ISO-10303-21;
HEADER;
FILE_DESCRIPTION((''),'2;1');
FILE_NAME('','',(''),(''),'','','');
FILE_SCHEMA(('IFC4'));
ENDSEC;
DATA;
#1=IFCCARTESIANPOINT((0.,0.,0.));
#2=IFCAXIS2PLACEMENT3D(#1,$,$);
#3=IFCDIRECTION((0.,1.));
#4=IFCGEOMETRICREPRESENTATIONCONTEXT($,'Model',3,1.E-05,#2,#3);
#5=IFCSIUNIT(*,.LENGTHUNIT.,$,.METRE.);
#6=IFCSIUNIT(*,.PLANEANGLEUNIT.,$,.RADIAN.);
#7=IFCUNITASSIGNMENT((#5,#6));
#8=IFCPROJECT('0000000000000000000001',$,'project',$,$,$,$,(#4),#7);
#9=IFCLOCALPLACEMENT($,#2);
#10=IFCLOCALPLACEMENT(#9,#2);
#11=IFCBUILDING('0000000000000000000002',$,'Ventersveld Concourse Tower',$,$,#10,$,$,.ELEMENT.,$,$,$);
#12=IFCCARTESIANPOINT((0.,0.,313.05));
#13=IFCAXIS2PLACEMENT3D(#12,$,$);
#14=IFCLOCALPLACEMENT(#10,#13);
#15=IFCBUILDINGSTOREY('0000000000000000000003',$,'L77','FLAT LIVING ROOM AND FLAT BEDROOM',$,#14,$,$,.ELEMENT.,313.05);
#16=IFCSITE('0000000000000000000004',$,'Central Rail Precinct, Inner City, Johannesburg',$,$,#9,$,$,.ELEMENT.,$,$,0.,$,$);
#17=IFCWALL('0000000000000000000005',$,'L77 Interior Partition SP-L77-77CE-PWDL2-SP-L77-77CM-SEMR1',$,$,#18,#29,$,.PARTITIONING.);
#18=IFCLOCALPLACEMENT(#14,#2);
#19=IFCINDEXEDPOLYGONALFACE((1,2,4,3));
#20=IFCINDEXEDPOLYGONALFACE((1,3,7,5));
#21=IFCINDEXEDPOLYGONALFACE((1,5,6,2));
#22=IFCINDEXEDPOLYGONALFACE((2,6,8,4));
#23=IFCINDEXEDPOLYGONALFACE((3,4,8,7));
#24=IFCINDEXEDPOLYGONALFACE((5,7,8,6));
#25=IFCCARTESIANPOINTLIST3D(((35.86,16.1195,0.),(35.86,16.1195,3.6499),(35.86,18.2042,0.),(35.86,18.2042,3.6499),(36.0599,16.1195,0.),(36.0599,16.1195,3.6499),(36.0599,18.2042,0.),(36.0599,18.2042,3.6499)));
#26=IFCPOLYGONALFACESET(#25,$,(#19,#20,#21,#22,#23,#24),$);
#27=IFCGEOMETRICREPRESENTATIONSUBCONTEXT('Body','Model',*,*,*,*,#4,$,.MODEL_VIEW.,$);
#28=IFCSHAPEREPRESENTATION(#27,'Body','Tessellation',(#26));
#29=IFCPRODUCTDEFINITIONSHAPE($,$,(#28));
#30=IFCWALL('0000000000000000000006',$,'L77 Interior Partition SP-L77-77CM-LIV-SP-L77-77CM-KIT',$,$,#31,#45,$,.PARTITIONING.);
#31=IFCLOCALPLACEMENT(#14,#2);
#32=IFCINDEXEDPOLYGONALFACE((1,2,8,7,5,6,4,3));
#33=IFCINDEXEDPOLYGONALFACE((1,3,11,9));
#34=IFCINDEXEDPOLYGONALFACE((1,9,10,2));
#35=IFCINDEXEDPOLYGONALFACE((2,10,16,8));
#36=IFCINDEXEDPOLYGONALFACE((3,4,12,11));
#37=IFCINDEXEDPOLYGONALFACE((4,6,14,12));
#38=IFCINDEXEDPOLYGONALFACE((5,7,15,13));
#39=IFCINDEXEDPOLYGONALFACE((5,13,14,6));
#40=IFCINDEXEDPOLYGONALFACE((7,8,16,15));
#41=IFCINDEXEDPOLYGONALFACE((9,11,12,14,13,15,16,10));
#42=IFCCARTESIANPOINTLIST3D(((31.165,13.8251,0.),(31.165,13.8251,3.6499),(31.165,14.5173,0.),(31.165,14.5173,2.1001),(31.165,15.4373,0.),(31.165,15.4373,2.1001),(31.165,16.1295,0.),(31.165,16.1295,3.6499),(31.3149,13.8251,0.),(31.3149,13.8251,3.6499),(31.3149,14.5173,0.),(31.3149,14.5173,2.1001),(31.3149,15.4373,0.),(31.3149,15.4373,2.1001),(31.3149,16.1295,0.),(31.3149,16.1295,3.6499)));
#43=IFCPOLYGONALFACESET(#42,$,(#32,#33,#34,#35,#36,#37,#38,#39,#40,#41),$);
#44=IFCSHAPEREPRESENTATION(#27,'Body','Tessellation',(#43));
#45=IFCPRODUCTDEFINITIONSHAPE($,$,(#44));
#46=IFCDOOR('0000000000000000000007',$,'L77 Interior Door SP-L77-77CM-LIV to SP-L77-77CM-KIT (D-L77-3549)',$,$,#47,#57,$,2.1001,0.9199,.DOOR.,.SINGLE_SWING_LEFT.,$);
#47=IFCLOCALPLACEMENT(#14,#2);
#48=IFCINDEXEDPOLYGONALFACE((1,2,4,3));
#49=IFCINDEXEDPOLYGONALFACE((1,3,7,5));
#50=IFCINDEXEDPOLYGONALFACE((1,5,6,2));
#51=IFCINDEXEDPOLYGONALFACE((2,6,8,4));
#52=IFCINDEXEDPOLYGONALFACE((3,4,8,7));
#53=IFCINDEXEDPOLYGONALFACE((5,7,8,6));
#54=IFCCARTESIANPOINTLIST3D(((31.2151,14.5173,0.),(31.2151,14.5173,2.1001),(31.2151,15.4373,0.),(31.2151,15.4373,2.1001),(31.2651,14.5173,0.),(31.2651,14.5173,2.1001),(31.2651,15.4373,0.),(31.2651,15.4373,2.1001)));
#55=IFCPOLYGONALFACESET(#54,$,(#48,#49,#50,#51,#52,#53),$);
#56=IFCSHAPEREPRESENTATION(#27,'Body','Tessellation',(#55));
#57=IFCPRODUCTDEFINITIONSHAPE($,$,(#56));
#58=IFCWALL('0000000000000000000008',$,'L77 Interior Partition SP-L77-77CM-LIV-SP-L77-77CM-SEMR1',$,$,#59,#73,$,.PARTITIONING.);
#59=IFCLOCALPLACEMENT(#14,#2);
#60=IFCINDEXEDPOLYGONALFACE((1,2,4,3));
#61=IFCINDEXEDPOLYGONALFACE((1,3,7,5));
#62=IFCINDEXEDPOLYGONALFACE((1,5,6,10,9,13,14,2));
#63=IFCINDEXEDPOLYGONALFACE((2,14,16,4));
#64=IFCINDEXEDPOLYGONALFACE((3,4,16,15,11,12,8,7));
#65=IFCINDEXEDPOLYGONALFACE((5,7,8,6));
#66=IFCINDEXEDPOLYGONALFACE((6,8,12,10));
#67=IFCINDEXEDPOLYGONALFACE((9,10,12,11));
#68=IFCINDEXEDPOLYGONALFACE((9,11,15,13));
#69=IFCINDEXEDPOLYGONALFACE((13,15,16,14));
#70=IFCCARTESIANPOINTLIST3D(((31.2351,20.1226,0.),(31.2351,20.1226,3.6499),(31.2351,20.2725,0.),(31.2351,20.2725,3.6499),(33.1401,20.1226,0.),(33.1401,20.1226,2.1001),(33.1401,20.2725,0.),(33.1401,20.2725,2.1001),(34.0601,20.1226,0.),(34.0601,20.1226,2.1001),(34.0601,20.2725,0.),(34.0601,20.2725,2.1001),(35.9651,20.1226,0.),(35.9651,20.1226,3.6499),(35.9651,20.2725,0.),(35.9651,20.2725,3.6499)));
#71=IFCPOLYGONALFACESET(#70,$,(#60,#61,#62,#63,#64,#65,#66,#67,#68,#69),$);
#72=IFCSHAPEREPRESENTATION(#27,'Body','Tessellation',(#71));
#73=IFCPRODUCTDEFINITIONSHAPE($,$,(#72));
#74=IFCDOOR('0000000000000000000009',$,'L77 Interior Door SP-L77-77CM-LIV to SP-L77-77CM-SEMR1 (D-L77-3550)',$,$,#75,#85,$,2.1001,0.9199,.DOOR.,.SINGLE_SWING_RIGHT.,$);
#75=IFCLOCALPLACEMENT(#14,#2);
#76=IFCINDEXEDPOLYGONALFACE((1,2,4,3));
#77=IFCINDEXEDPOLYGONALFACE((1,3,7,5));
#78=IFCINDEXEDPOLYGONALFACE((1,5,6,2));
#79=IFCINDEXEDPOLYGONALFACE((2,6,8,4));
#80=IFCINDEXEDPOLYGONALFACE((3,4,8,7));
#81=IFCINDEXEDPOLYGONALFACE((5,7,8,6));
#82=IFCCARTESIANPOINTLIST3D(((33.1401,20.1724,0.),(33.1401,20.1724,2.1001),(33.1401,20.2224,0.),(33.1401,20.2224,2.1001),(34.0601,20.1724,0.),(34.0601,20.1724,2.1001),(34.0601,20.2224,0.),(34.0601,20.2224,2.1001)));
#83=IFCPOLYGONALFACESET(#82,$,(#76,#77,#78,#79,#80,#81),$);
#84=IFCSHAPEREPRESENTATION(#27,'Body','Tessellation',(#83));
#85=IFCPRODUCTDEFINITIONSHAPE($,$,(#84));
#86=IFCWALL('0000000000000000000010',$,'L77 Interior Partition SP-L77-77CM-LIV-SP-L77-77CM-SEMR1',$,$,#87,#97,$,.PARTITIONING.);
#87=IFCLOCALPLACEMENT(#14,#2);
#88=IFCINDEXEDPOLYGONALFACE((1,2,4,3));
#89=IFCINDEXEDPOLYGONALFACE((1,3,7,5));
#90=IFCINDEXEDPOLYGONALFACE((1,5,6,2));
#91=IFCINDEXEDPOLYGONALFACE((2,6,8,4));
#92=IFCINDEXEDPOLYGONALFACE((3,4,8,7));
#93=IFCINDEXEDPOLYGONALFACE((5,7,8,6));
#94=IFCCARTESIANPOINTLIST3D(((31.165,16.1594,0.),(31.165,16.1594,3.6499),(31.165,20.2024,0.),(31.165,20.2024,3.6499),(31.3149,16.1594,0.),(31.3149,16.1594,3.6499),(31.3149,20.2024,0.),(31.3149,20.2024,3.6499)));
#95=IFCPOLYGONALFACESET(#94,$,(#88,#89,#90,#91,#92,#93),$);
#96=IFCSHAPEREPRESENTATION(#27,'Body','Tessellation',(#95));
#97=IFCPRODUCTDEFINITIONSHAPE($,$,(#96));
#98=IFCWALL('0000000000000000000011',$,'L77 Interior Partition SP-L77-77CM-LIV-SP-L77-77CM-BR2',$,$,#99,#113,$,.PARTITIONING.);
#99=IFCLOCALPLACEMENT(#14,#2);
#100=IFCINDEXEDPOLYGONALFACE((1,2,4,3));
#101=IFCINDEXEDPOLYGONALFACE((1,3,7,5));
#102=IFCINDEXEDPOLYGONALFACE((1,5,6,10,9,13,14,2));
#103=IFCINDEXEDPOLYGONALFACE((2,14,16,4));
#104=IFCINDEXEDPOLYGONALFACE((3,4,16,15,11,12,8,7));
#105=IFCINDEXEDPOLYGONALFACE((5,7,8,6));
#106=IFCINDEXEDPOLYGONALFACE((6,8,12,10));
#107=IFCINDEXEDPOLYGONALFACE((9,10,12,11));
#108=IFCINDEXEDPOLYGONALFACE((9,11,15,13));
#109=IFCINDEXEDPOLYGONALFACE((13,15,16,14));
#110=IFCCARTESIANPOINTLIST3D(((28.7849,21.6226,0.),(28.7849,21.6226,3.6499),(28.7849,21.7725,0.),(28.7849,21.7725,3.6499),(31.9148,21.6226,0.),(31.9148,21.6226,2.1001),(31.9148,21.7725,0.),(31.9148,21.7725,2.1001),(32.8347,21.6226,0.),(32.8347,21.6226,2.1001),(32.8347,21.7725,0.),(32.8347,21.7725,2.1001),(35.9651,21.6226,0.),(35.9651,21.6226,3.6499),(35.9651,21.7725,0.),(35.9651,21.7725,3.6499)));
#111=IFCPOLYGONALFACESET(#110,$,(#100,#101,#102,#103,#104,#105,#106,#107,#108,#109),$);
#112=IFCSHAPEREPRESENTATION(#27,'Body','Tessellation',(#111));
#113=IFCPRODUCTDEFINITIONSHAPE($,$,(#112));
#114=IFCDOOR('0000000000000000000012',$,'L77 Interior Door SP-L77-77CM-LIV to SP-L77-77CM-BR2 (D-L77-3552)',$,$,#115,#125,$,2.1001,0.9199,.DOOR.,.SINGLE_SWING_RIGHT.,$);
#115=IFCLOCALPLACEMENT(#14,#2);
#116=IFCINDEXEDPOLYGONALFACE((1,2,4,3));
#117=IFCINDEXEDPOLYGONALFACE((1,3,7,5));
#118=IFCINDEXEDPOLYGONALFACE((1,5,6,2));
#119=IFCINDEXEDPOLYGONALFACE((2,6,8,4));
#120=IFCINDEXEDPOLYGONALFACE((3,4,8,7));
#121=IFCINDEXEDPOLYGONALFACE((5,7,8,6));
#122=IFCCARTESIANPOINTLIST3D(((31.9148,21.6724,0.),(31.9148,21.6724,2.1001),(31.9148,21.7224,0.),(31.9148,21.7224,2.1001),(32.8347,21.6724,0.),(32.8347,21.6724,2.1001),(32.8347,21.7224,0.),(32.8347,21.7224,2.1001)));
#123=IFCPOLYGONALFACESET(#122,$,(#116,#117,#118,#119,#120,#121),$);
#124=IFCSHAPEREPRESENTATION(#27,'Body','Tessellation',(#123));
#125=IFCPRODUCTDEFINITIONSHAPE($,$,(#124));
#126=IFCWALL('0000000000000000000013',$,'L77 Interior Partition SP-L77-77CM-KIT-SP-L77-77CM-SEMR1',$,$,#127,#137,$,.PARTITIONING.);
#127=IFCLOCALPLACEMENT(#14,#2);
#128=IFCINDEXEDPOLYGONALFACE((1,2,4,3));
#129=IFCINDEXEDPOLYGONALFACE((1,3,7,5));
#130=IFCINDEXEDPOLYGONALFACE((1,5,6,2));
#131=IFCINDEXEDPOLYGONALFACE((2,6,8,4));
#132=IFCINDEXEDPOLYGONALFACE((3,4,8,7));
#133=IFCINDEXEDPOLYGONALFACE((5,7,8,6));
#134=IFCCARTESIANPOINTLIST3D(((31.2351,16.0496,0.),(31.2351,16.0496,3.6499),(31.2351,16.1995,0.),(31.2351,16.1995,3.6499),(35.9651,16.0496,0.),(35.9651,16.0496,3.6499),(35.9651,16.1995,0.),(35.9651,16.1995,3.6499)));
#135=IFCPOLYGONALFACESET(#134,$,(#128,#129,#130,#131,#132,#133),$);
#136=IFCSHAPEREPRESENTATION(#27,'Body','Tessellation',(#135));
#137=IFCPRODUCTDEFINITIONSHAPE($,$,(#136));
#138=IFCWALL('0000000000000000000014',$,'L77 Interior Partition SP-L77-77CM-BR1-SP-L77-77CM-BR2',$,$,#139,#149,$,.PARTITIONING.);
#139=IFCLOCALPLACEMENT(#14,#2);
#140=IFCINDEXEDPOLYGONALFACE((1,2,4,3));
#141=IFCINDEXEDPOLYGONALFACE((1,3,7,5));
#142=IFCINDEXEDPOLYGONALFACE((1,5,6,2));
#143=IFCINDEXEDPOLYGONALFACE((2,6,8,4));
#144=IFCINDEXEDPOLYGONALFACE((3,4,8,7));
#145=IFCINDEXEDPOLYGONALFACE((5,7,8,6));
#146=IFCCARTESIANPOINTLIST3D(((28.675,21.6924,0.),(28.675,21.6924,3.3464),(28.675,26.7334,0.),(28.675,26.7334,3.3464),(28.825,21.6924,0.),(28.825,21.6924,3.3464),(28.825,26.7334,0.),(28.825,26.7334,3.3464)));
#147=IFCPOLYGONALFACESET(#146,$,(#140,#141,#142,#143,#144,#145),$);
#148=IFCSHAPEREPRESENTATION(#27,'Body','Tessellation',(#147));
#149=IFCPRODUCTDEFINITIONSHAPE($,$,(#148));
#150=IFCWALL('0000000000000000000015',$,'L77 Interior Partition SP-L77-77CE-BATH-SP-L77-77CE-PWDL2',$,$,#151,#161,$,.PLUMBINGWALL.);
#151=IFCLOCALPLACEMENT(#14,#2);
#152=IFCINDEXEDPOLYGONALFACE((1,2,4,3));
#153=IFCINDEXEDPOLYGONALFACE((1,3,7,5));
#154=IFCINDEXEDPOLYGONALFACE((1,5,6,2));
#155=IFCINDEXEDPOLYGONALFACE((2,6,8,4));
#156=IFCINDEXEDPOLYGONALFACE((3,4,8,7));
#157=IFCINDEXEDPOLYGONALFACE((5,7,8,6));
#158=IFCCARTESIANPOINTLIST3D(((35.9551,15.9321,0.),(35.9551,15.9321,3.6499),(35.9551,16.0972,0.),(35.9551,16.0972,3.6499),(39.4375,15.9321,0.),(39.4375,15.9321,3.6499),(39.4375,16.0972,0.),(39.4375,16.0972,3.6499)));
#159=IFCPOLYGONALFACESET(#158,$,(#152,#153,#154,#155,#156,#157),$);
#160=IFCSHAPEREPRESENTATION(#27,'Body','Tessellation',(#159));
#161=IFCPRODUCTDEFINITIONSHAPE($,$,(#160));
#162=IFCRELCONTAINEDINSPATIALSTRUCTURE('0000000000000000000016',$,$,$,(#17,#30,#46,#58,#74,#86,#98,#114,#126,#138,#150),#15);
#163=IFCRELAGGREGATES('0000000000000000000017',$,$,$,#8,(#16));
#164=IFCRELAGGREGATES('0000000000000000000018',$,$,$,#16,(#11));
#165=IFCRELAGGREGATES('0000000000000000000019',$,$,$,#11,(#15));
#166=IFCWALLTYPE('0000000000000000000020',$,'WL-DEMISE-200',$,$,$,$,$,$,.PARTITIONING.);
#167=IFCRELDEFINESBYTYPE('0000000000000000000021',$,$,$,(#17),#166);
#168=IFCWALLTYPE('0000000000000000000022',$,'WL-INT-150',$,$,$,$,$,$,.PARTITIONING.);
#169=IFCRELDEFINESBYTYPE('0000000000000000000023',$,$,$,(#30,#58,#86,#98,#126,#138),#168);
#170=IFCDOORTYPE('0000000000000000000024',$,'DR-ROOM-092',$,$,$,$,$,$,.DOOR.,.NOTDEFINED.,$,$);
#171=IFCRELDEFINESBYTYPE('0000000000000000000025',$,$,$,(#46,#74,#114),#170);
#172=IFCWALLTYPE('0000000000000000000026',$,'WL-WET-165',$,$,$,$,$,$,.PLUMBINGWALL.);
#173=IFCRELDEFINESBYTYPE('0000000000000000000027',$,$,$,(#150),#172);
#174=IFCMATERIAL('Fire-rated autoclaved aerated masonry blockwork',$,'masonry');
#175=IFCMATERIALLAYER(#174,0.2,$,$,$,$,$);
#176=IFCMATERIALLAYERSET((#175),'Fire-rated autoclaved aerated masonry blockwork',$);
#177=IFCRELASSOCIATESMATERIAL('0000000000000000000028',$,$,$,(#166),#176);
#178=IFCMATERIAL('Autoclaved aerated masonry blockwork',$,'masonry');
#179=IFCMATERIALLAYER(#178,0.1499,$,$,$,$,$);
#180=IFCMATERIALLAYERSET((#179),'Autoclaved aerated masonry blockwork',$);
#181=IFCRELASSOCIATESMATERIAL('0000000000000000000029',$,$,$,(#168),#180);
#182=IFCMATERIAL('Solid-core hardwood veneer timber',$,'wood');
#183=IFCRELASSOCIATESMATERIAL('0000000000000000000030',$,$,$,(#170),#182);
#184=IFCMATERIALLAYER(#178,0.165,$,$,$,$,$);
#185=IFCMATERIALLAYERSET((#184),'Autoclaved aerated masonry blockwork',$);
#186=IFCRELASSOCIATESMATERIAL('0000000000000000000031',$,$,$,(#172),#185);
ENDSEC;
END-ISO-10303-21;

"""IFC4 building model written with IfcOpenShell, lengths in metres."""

from ifc_helpers import new_model, si_unit, direction, frame, frame_2d, origin, place, context, subcontext, project, spatial, rectangle, extrude, material, layer, layer_set, type_object, element, fill, save


model = new_model("IFC4")

# Units and contexts
model_context = context("Model", 3, precision=1e-05, world=origin(), true_north=direction((0.0, 1.0)))
body_context = subcontext(model_context, "Body", "Model", "MODEL_VIEW")
ifc_project = project(units=[si_unit("LENGTHUNIT", "METRE"), si_unit("PLANEANGLEUNIT", "RADIAN")], contexts=[model_context])

# Site, building, storey
site_placement = place(None, origin())
site = spatial("IfcSite", under=ifc_project, at=site_placement, Name="Central Rail Precinct, Inner City, Johannesburg", CompositionType="ELEMENT", RefElevation=0.0)
building_placement = place(site_placement, origin())
building = spatial("IfcBuilding", under=site, at=building_placement, Name="Ventersveld Concourse Tower", CompositionType="ELEMENT")
storey_placement = place(building_placement, frame((0.0, 0.0, 313.05)))
storey = spatial("IfcBuildingStorey", under=building, at=storey_placement, Name="L77", Description="FLAT LIVING ROOM AND FLAT BEDROOM", CompositionType="ELEMENT", Elevation=313.05)

# Wall
ifc_material_1 = material(Name="Fire-rated autoclaved aerated masonry blockwork", Category="masonry")
ifc_layer_1 = layer(ifc_material_1, 0.2)
ifc_layer_set_1 = layer_set([ifc_layer_1], Name="Fire-rated autoclaved aerated masonry blockwork")
wall_type_1 = type_object("IfcWallType", Name="WL-DEMISE-200", PredefinedType="PARTITIONING", material=ifc_layer_set_1)
wall_1_placement = place(storey_placement, frame((35.96, 16.1194, 0.0), z_axis=(0.0, 0.0, 1.0), x_axis=(0.0, 1.0, 0.0)))
element("IfcWall", 1, at=wall_1_placement, inside=storey, type_object=wall_type_1, Name="L77 Interior Partition SP-L77-77CE-PWDL2-SP-L77-77CM-SEMR1", PredefinedType="PARTITIONING", context=body_context, shape_type="SweptSolid", body=[
    extrude(rectangle(XDim=2.0847, YDim=0.2, at=frame_2d((1.0425, 0.0))), origin(), (0.0, 0.0, 1.0), 3.6499),
])

# Walls, openings, doors
ifc_material_2 = material(Name="Autoclaved aerated masonry blockwork", Category="masonry")
ifc_layer_2 = layer(ifc_material_2, 0.1499)
ifc_layer_set_2 = layer_set([ifc_layer_2], Name="Autoclaved aerated masonry blockwork")
wall_type_2 = type_object("IfcWallType", Name="WL-INT-150", PredefinedType="PARTITIONING", material=ifc_layer_set_2)
wall_2_placement = place(storey_placement, frame((31.24, 13.825, 0.0), z_axis=(0.0, 0.0, 1.0), x_axis=(0.0, 1.0, 0.0)))
wall_2 = element("IfcWall", 2, at=wall_2_placement, inside=storey, type_object=wall_type_2, Name="L77 Interior Partition SP-L77-77CM-LIV-SP-L77-77CM-KIT", PredefinedType="PARTITIONING", context=body_context, shape_type="SweptSolid", body=[
    extrude(rectangle(XDim=2.3044, YDim=0.1499, at=frame_2d((1.1523, 0.0))), origin(), (0.0, 0.0, 1.0), 3.6499),
])
opening_1_placement = place(wall_2_placement, frame((0.6924, 0.0, 0.0)))
opening_1 = element("IfcOpeningElement", 3, at=opening_1_placement, cuts=wall_2, PredefinedType="OPENING", context=body_context, shape_type="SweptSolid", body=[
    extrude(rectangle(XDim=0.9199, YDim=2.1001, at=frame_2d((0.46, 1.05))), frame((0.0, 0.085, 0.0), z_axis=(0.0, -1.0, 0.0), x_axis=(1.0, 0.0, 0.0)), (0.0, 0.0, 1.0), 0.1699),
])
ifc_material_3 = material(Name="Solid-core hardwood veneer timber", Category="wood")
door_type = type_object("IfcDoorType", Name="DR-ROOM-092", OperationType="NOTDEFINED", PredefinedType="DOOR", material=ifc_material_3)
door_1_placement = place(opening_1_placement, origin())
door_1 = element("IfcDoor", 4, at=door_1_placement, inside=storey, type_object=door_type, Name="L77 Interior Door SP-L77-77CM-LIV to SP-L77-77CM-KIT (D-L77-3549)", OperationType="SINGLE_SWING_LEFT", OverallHeight=2.1001, OverallWidth=0.9199, PredefinedType="DOOR", context=body_context, shape_type="SweptSolid", body=[
    extrude(rectangle(XDim=0.9199, YDim=2.1001, at=frame_2d((0.46, 1.05))), frame((0.0, 0.0249, 0.0), z_axis=(0.0, -1.0, 0.0), x_axis=(1.0, 0.0, 0.0)), (0.0, 0.0, 1.0), 0.05),
])
fill(opening_1, door_1)
wall_3_placement = place(storey_placement, frame((31.2351, 20.1975, 0.0), z_axis=(0.0, 0.0, 1.0), x_axis=(1.0, 0.0, 0.0)))
wall_3 = element("IfcWall", 5, at=wall_3_placement, inside=storey, type_object=wall_type_2, Name="L77 Interior Partition SP-L77-77CM-LIV-SP-L77-77CM-SEMR1", PredefinedType="PARTITIONING", context=body_context, shape_type="SweptSolid", body=[
    extrude(rectangle(XDim=4.73, YDim=0.1499, at=frame_2d((2.365, 0.0))), origin(), (0.0, 0.0, 1.0), 3.6499),
])
opening_2_placement = place(wall_3_placement, frame((1.905, 0.0, 0.0)))
opening_2 = element("IfcOpeningElement", 6, at=opening_2_placement, cuts=wall_3, PredefinedType="OPENING", context=body_context, shape_type="SweptSolid", body=[
    extrude(rectangle(XDim=0.9199, YDim=2.1001, at=frame_2d((0.46, 1.05))), frame((0.0, 0.085, 0.0), z_axis=(0.0, -1.0, 0.0), x_axis=(1.0, 0.0, 0.0)), (0.0, 0.0, 1.0), 0.1699),
])
door_2_placement = place(opening_2_placement, origin())
door_2 = element("IfcDoor", 7, at=door_2_placement, inside=storey, type_object=door_type, Name="L77 Interior Door SP-L77-77CM-LIV to SP-L77-77CM-SEMR1 (D-L77-3550)", OperationType="SINGLE_SWING_RIGHT", OverallHeight=2.1001, OverallWidth=0.9199, PredefinedType="DOOR", context=body_context, shape_type="SweptSolid", body=[
    extrude(rectangle(XDim=0.9199, YDim=2.1001, at=frame_2d((0.46, 1.05))), frame((0.0, 0.0249, 0.0), z_axis=(0.0, -1.0, 0.0), x_axis=(1.0, 0.0, 0.0)), (0.0, 0.0, 1.0), 0.05),
])
fill(opening_2, door_2)

# Wall
wall_4_placement = place(storey_placement, frame((31.24, 16.1594, 0.0), z_axis=(0.0, 0.0, 1.0), x_axis=(0.0, 1.0, 0.0)))
element("IfcWall", 8, at=wall_4_placement, inside=storey, type_object=wall_type_2, Name="L77 Interior Partition SP-L77-77CM-LIV-SP-L77-77CM-SEMR1", PredefinedType="PARTITIONING", context=body_context, shape_type="SweptSolid", body=[
    extrude(rectangle(XDim=4.043, YDim=0.1499, at=frame_2d((2.0215, 0.0))), origin(), (0.0, 0.0, 1.0), 3.6499),
])

# Wall, opening, door
wall_5_placement = place(storey_placement, frame((28.7849, 21.6975, 0.0), z_axis=(0.0, 0.0, 1.0), x_axis=(1.0, 0.0, 0.0)))
wall_5 = element("IfcWall", 9, at=wall_5_placement, inside=storey, type_object=wall_type_2, Name="L77 Interior Partition SP-L77-77CM-LIV-SP-L77-77CM-BR2", PredefinedType="PARTITIONING", context=body_context, shape_type="SweptSolid", body=[
    extrude(rectangle(XDim=7.1802, YDim=0.1499, at=frame_2d((3.5901, 0.0))), origin(), (0.0, 0.0, 1.0), 3.6499),
])
opening_3_placement = place(wall_5_placement, frame((3.1299, 0.0, 0.0)))
opening_3 = element("IfcOpeningElement", 10, at=opening_3_placement, cuts=wall_5, PredefinedType="OPENING", context=body_context, shape_type="SweptSolid", body=[
    extrude(rectangle(XDim=0.9199, YDim=2.1001, at=frame_2d((0.46, 1.05))), frame((0.0, 0.085, 0.0), z_axis=(0.0, -1.0, 0.0), x_axis=(1.0, 0.0, 0.0)), (0.0, 0.0, 1.0), 0.1699),
])
door_3_placement = place(opening_3_placement, origin())
door_3 = element("IfcDoor", 11, at=door_3_placement, inside=storey, type_object=door_type, Name="L77 Interior Door SP-L77-77CM-LIV to SP-L77-77CM-BR2 (D-L77-3552)", OperationType="SINGLE_SWING_RIGHT", OverallHeight=2.1001, OverallWidth=0.9199, PredefinedType="DOOR", context=body_context, shape_type="SweptSolid", body=[
    extrude(rectangle(XDim=0.9199, YDim=2.1001, at=frame_2d((0.46, 1.05))), frame((0.0, 0.0249, 0.0), z_axis=(0.0, -1.0, 0.0), x_axis=(1.0, 0.0, 0.0)), (0.0, 0.0, 1.0), 0.05),
])
fill(opening_3, door_3)

# Walls
wall_6_placement = place(storey_placement, frame((31.2351, 16.1245, 0.0), z_axis=(0.0, 0.0, 1.0), x_axis=(1.0, 0.0, 0.0)))
element("IfcWall", 12, at=wall_6_placement, inside=storey, type_object=wall_type_2, Name="L77 Interior Partition SP-L77-77CM-KIT-SP-L77-77CM-SEMR1", PredefinedType="PARTITIONING", context=body_context, shape_type="SweptSolid", body=[
    extrude(rectangle(XDim=4.73, YDim=0.1499, at=frame_2d((2.365, 0.0))), origin(), (0.0, 0.0, 1.0), 3.6499),
])
wall_7_placement = place(storey_placement, frame((28.75, 21.6924, 0.0), z_axis=(0.0, 0.0, 1.0), x_axis=(0.0, 1.0, 0.0)))
element("IfcWall", 13, at=wall_7_placement, inside=storey, type_object=wall_type_2, Name="L77 Interior Partition SP-L77-77CM-BR1-SP-L77-77CM-BR2", PredefinedType="PARTITIONING", context=body_context, shape_type="SweptSolid", body=[
    extrude(rectangle(XDim=5.041, YDim=0.1499, at=frame_2d((2.5205, 0.0))), origin(), (0.0, 0.0, 1.0), 3.3464),
])
ifc_layer_3 = layer(ifc_material_2, 0.165)
ifc_layer_set_3 = layer_set([ifc_layer_3], Name="Autoclaved aerated masonry blockwork")
wall_type_3 = type_object("IfcWallType", Name="WL-WET-165", PredefinedType="PLUMBINGWALL", material=ifc_layer_set_3)
wall_8_placement = place(storey_placement, frame((35.9551, 16.0146, 0.0), z_axis=(0.0, 0.0, 1.0), x_axis=(1.0, 0.0, 0.0)))
element("IfcWall", 14, at=wall_8_placement, inside=storey, type_object=wall_type_3, Name="L77 Interior Partition SP-L77-77CE-BATH-SP-L77-77CE-PWDL2", PredefinedType="PLUMBINGWALL", context=body_context, shape_type="SweptSolid", body=[
    extrude(rectangle(XDim=3.4824, YDim=0.165, at=frame_2d((1.7412, 0.0))), origin(), (0.0, 0.0, 1.0), 3.6499),
])

save(model, "model.ifc")
